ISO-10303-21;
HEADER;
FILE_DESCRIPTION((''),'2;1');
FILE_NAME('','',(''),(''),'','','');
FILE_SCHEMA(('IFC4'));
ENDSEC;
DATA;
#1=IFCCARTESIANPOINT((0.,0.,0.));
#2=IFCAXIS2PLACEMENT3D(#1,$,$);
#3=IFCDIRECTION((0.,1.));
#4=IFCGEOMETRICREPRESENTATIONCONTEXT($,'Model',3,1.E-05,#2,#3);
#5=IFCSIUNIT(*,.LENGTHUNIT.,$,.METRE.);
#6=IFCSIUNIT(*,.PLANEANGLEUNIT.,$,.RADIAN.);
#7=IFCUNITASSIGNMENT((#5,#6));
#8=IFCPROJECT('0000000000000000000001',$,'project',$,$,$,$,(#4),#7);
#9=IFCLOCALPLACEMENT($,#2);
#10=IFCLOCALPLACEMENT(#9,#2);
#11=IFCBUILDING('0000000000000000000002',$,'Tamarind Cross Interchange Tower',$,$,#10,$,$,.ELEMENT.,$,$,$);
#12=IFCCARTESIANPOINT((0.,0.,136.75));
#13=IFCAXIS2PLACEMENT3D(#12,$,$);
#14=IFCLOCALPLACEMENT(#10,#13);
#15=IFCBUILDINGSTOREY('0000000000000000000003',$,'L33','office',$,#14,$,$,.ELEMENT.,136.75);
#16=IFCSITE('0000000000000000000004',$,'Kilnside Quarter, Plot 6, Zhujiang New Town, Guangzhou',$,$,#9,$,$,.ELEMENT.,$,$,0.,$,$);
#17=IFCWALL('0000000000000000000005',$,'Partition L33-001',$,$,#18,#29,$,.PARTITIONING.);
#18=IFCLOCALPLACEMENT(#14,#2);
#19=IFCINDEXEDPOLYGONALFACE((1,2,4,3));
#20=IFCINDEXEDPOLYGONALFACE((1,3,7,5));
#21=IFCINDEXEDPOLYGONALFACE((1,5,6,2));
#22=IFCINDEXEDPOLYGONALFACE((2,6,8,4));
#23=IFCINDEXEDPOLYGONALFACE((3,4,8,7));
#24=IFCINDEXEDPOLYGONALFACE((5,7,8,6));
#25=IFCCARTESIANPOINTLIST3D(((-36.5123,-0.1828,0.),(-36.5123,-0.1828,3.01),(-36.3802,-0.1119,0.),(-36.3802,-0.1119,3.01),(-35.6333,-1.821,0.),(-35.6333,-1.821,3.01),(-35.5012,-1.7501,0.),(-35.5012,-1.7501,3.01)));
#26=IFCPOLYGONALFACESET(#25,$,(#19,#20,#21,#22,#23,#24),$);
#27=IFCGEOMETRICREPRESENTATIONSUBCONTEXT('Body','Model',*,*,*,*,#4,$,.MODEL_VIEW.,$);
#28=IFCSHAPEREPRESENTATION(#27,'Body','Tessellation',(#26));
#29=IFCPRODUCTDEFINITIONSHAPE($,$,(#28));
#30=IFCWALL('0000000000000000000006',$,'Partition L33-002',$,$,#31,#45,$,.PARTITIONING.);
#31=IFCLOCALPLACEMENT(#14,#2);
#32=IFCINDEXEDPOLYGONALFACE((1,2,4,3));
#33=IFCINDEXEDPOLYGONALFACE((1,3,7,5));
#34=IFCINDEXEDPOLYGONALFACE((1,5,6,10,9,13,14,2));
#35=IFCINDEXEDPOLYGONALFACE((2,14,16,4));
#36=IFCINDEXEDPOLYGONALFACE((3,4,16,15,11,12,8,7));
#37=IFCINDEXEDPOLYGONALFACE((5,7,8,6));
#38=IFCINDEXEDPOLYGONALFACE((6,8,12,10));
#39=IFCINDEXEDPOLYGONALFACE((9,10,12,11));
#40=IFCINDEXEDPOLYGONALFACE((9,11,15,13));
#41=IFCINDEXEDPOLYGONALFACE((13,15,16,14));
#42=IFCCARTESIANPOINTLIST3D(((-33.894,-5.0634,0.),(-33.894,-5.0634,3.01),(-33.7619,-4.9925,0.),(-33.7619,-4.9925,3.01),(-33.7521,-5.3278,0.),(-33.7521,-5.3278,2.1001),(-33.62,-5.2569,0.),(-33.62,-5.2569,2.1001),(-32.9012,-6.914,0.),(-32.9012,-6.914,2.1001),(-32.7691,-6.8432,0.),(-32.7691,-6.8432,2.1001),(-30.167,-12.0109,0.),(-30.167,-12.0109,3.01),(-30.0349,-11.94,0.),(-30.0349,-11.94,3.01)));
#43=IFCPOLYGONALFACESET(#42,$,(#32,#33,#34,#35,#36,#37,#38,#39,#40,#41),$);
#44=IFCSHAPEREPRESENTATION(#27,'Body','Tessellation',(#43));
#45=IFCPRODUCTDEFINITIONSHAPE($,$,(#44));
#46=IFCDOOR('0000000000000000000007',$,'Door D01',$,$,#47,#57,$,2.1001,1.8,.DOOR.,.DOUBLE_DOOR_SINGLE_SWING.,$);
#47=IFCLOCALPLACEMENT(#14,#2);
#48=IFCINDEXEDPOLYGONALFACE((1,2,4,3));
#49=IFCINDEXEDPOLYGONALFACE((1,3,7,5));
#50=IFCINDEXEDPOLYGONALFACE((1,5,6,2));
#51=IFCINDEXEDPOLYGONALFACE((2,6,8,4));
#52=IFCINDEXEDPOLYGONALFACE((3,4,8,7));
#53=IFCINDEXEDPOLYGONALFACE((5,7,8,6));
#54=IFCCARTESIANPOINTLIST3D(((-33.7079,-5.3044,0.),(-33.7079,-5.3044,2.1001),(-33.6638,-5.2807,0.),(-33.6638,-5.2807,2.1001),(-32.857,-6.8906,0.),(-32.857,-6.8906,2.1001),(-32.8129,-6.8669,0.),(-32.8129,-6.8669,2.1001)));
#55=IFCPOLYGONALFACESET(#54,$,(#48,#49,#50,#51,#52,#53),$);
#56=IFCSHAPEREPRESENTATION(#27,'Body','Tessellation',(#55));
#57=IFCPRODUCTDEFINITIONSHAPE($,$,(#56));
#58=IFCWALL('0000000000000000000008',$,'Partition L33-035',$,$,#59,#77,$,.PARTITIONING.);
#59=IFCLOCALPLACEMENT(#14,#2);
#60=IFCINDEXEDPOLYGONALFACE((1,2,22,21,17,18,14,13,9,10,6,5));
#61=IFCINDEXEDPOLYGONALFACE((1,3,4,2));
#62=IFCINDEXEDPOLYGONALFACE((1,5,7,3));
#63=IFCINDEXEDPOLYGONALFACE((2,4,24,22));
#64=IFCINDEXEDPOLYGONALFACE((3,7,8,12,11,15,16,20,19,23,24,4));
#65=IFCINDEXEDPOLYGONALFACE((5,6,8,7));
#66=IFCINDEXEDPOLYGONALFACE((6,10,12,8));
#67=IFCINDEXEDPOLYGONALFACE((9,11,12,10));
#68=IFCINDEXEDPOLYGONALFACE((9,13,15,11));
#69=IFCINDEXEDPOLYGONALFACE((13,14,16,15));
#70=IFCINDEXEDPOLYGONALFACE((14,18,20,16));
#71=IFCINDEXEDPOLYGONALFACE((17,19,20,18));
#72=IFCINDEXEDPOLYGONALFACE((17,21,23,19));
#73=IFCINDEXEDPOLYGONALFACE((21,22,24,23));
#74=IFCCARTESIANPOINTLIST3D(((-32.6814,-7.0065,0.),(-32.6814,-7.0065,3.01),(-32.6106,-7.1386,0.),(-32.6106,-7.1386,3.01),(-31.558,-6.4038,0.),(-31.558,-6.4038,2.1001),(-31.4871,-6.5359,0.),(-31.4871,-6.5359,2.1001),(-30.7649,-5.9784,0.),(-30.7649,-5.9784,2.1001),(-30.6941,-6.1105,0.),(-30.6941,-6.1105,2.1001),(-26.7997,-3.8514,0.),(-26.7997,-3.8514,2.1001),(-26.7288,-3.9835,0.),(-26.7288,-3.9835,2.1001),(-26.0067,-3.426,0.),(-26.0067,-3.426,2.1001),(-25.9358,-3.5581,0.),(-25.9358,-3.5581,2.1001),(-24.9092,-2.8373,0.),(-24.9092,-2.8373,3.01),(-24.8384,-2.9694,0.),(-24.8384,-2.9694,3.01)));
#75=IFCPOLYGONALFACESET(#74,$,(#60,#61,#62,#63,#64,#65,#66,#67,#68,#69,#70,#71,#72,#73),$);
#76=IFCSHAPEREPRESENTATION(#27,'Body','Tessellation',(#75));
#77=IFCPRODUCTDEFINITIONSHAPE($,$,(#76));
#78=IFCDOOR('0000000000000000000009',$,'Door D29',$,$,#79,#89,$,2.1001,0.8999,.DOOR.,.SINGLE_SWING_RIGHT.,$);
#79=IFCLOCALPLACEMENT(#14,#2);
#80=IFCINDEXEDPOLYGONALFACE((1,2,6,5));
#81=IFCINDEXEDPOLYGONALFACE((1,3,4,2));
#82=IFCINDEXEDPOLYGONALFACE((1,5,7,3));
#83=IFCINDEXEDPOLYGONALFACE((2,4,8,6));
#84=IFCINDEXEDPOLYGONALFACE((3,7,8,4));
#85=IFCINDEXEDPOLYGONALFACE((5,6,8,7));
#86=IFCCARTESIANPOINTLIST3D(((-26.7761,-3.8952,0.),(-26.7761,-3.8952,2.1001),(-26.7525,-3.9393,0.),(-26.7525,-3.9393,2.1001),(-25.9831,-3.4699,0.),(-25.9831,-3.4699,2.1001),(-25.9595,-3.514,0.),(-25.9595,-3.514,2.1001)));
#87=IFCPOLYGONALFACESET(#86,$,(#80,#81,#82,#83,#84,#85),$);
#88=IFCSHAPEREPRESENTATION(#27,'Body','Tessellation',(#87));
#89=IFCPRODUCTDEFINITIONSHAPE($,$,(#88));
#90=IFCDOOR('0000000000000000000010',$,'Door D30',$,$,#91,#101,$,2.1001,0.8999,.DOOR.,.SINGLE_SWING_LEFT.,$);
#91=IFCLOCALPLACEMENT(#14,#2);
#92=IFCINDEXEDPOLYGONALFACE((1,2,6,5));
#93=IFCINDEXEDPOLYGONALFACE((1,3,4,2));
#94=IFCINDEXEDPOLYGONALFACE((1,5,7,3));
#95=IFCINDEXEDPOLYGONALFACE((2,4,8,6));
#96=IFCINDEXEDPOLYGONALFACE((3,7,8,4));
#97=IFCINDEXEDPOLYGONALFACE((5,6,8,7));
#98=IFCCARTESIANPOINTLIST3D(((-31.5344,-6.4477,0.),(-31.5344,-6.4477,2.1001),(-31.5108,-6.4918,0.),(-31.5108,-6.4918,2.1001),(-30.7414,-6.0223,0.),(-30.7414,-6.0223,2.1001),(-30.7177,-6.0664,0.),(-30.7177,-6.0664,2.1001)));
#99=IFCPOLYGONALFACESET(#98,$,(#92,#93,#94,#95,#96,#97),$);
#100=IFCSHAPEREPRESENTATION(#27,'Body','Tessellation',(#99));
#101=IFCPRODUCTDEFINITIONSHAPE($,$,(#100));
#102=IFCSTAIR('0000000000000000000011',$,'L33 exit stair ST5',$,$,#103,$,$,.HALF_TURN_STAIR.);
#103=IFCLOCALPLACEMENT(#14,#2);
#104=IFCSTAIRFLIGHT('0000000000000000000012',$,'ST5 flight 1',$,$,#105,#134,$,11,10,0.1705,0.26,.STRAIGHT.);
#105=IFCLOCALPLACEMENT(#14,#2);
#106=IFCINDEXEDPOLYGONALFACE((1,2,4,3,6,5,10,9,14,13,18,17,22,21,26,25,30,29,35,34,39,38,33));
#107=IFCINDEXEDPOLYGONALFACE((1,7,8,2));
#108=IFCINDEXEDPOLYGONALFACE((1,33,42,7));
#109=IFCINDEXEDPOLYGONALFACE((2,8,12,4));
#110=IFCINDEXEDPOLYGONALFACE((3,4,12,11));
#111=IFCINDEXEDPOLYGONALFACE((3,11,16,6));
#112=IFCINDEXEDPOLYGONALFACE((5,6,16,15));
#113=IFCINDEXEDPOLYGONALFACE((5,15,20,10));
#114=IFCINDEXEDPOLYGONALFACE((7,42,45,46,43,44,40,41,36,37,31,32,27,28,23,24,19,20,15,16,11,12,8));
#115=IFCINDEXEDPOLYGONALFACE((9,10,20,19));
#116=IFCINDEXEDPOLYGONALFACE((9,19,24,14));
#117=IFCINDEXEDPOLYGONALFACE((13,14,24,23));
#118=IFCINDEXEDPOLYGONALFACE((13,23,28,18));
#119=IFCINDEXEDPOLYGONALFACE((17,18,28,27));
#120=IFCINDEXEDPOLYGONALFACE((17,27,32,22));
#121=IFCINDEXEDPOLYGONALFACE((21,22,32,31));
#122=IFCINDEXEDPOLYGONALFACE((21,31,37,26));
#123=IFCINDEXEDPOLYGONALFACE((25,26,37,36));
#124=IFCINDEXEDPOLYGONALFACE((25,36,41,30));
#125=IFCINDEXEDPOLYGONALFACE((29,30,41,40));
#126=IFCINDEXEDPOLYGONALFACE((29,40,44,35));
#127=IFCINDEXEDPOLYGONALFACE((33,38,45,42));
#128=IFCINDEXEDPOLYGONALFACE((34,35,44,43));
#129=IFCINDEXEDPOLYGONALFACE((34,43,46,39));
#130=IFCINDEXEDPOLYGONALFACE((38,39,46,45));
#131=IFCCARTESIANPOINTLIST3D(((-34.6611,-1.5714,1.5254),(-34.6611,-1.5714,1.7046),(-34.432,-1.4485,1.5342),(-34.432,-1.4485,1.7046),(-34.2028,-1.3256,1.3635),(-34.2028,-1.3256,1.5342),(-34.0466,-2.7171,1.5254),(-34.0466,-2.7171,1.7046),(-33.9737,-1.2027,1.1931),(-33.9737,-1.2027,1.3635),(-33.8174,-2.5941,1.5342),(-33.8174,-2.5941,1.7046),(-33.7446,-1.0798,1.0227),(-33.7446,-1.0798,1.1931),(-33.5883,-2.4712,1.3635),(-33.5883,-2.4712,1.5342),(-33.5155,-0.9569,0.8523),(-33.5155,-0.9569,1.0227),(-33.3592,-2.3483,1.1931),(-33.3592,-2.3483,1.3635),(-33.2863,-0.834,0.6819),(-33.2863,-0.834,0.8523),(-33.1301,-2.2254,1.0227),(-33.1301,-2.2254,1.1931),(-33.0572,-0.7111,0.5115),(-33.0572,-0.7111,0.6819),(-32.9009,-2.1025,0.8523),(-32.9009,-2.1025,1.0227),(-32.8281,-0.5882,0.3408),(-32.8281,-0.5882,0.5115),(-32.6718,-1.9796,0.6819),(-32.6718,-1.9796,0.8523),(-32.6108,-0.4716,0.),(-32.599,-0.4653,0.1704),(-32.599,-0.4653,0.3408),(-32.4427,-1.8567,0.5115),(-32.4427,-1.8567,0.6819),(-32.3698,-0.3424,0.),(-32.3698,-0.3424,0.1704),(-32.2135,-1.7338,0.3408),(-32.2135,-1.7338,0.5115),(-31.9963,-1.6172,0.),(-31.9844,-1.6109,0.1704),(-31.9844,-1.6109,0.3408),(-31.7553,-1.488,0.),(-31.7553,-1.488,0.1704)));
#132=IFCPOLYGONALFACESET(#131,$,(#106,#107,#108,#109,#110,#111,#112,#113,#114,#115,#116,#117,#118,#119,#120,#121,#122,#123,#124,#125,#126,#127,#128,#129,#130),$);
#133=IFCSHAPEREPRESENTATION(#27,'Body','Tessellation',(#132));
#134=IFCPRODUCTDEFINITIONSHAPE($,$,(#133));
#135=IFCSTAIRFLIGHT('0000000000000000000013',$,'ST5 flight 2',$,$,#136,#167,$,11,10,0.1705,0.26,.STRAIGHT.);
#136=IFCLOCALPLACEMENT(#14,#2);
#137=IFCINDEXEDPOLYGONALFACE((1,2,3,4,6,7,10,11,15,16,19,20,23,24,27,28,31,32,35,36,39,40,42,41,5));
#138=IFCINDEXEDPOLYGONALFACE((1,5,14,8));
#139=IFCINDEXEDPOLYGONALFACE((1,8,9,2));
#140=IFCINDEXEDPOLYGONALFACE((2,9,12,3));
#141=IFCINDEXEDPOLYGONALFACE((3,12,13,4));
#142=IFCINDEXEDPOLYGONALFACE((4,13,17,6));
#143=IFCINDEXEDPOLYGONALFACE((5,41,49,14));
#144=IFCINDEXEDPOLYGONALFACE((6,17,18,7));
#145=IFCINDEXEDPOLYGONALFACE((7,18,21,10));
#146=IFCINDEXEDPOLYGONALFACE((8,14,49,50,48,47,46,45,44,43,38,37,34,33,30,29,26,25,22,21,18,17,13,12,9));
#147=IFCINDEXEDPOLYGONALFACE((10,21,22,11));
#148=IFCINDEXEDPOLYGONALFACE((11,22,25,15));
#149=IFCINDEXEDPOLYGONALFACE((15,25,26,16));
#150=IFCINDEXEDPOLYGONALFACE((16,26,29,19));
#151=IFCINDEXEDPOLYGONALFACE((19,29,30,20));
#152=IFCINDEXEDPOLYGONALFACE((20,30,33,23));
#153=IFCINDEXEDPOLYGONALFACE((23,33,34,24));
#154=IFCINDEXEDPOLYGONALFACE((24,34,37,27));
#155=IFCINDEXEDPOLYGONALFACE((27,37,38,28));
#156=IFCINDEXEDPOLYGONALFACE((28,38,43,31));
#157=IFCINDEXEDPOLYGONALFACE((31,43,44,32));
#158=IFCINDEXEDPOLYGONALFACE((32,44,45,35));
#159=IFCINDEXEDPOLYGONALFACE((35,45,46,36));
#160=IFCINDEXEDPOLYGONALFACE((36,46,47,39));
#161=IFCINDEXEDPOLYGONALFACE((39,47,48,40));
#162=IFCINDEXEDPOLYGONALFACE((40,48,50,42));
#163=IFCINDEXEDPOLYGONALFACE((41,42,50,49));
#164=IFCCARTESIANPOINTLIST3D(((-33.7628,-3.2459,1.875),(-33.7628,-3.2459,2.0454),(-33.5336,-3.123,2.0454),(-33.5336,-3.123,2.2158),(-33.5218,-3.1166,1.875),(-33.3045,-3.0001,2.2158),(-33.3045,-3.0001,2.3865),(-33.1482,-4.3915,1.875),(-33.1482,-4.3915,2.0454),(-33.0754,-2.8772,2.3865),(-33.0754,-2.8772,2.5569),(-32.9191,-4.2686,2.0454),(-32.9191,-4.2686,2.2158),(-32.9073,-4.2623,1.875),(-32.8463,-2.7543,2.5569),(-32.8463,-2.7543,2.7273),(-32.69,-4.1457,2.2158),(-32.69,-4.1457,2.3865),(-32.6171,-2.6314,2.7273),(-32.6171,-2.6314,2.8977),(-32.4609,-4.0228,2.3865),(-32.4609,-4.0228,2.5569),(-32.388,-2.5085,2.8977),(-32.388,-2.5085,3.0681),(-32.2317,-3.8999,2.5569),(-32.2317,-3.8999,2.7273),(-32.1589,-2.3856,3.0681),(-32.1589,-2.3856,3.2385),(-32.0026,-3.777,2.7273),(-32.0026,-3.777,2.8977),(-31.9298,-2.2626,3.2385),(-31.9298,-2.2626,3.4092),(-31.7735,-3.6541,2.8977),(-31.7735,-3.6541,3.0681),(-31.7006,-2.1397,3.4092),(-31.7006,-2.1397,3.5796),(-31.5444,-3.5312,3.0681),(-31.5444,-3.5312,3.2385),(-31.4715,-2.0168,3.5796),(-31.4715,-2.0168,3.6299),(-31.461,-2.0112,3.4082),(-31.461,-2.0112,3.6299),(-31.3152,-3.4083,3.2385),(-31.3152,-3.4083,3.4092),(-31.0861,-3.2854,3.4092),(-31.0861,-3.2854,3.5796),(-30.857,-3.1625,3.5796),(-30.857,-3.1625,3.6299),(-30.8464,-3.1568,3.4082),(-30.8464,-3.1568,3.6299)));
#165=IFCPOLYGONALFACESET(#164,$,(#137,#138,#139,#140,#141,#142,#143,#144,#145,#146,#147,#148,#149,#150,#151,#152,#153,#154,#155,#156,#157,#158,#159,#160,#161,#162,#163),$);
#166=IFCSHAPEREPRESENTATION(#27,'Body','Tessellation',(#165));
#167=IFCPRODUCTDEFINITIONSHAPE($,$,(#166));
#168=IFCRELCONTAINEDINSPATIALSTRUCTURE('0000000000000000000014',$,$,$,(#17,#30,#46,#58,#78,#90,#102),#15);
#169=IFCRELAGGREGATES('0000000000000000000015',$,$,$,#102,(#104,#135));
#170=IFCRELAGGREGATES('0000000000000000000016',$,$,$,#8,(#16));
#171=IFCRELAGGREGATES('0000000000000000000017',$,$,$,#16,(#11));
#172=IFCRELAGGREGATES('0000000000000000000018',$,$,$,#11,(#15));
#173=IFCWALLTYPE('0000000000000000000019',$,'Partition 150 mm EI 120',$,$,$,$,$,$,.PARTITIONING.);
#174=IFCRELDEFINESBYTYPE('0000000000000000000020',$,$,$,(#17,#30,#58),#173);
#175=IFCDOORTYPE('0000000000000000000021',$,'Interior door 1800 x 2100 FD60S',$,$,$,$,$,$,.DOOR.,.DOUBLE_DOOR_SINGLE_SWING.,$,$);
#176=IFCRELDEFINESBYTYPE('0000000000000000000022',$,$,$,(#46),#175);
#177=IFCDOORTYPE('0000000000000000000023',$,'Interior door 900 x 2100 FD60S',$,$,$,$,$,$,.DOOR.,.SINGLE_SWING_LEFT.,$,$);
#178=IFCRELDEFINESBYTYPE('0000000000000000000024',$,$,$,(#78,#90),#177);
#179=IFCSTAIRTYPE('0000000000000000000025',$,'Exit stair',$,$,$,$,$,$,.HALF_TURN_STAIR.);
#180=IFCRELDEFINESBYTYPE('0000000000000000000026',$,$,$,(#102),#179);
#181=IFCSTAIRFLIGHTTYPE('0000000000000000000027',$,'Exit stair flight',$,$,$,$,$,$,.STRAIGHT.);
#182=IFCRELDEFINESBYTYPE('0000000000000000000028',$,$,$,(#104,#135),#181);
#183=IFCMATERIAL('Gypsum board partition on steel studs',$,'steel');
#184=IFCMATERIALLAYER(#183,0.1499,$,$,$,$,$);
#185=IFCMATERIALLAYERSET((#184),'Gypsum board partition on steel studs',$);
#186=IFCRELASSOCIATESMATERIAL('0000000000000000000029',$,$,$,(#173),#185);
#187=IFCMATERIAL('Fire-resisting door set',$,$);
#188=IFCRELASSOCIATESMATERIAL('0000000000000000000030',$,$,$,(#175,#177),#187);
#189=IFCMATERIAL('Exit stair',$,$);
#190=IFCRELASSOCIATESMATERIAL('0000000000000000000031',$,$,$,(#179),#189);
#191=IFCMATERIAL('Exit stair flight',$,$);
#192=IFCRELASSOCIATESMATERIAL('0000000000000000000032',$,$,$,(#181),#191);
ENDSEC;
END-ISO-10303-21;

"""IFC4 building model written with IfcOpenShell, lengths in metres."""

from ifc_helpers import new_model, si_unit, direction, frame, frame_2d, origin, place, context, subcontext, project, spatial, polyline, rectangle, outline, extrude, material, layer, layer_set, type_object, element, fill, aggregate, save


model = new_model("IFC4")

# Units and contexts
model_context = context("Model", 3, precision=1e-05, world=origin(), true_north=direction((0.0, 1.0)))
body_context = subcontext(model_context, "Body", "Model", "MODEL_VIEW")
ifc_project = project(units=[si_unit("LENGTHUNIT", "METRE"), si_unit("PLANEANGLEUNIT", "RADIAN")], contexts=[model_context])

# Site, building, storey
site_placement = place(None, origin())
site = spatial("IfcSite", under=ifc_project, at=site_placement, Name="Kilnside Quarter, Plot 6, Zhujiang New Town, Guangzhou", CompositionType="ELEMENT", RefElevation=0.0)
building_placement = place(site_placement, origin())
building = spatial("IfcBuilding", under=site, at=building_placement, Name="Tamarind Cross Interchange Tower", CompositionType="ELEMENT")
storey_placement = place(building_placement, frame((0.0, 0.0, 136.75)))
storey = spatial("IfcBuildingStorey", under=building, at=storey_placement, Name="L33", Description="office", CompositionType="ELEMENT", Elevation=136.75)

# Wall
ifc_material_1 = material(Name="Gypsum board partition on steel studs", Category="steel")
ifc_layer_1 = layer(ifc_material_1, 0.1499)
ifc_layer_set_1 = layer_set([ifc_layer_1], Name="Gypsum board partition on steel studs")
wall_type = type_object("IfcWallType", Name="Partition 150 mm EI 120", PredefinedType="PARTITIONING", material=ifc_layer_set_1)
wall_1_placement = place(storey_placement, frame((-36.4463, -0.1472, 0.0), z_axis=(0.0, 0.0, 1.0), x_axis=(0.472768, -0.881187, 0.0)))
element("IfcWall", 1, at=wall_1_placement, inside=storey, type_object=wall_type, Name="Partition L33-001", PredefinedType="PARTITIONING", context=body_context, shape_type="SweptSolid", body=[
    extrude(rectangle(XDim=1.8591, YDim=0.1499, at=frame_2d((0.9297, 0.0))), origin(), (0.0, 0.0, 1.0), 3.01),
])

# Wall, opening, door
wall_2_placement = place(storey_placement, frame((-33.8279, -5.0281, 0.0), z_axis=(0.0, 0.0, 1.0), x_axis=(0.472731, -0.881207, 0.0)))
wall_2 = element("IfcWall", 2, at=wall_2_placement, inside=storey, type_object=wall_type, Name="Partition L33-002", PredefinedType="PARTITIONING", context=body_context, shape_type="SweptSolid", body=[
    extrude(rectangle(XDim=7.884, YDim=0.1499, at=frame_2d((3.9419, 0.0))), origin(), (0.0, 0.0, 1.0), 3.01),
])
opening_1_placement = place(wall_2_placement, frame((0.3, 0.0, 0.0)))
opening_1 = element("IfcOpeningElement", 3, at=opening_1_placement, cuts=wall_2, PredefinedType="OPENING", context=body_context, shape_type="SweptSolid", body=[
    extrude(rectangle(XDim=1.8, YDim=2.1001, at=frame_2d((0.8999, 1.05))), frame((0.0, 0.085, 0.0), z_axis=(0.0, -1.0, 0.0), x_axis=(1.0, 0.0, 0.0)), (0.0, 0.0, 1.0), 0.1699),
])
ifc_material_2 = material(Name="Fire-resisting door set")
door_type_1 = type_object("IfcDoorType", Name="Interior door 1800 x 2100 FD60S", OperationType="DOUBLE_DOOR_SINGLE_SWING", PredefinedType="DOOR", material=ifc_material_2)
door_1_placement = place(opening_1_placement, frame((1.8, 0.0, 0.0), z_axis=(0.0, 0.0, 1.0), x_axis=(-1.0, 0.0, 0.0)))
door_1 = element("IfcDoor", 4, at=door_1_placement, inside=storey, type_object=door_type_1, Name="Door D01", OperationType="DOUBLE_DOOR_SINGLE_SWING", OverallHeight=2.1001, OverallWidth=1.8, PredefinedType="DOOR", context=body_context, shape_type="SweptSolid", body=[
    extrude(rectangle(XDim=1.8, YDim=2.1001, at=frame_2d((0.8999, 1.05))), frame((0.0, 0.0249, 0.0), z_axis=(0.0, -1.0, 0.0), x_axis=(1.0, 0.0, 0.0)), (0.0, 0.0, 1.0), 0.05),
])
fill(opening_1, door_1)

# Wall, openings, doors
wall_3_placement = place(storey_placement, frame((-32.646, -7.0725, 0.0), z_axis=(0.0, 0.0, 1.0), x_axis=(0.88122, 0.472706, 0.0)))
wall_3 = element("IfcWall", 5, at=wall_3_placement, inside=storey, type_object=wall_type, Name="Partition L33-035", PredefinedType="PARTITIONING", context=body_context, shape_type="SweptSolid", body=[
    extrude(rectangle(XDim=8.8198, YDim=0.1499, at=frame_2d((4.4099, 0.0))), origin(), (0.0, 0.0, 1.0), 3.01),
])
opening_2_placement = place(wall_3_placement, frame((6.6746, 0.0, 0.0)))
opening_2 = element("IfcOpeningElement", 6, at=opening_2_placement, cuts=wall_3, PredefinedType="OPENING", context=body_context, shape_type="SweptSolid", body=[
    extrude(rectangle(XDim=0.8999, YDim=2.1001, at=frame_2d((0.45, 1.05))), frame((0.0, 0.085, 0.0), z_axis=(0.0, -1.0, 0.0), x_axis=(1.0, 0.0, 0.0)), (0.0, 0.0, 1.0), 0.1699),
])
opening_3_placement = place(wall_3_placement, frame((1.2749, 0.0, 0.0)))
opening_3 = element("IfcOpeningElement", 7, at=opening_3_placement, cuts=wall_3, PredefinedType="OPENING", context=body_context, shape_type="SweptSolid", body=[
    extrude(rectangle(XDim=0.8999, YDim=2.1001, at=frame_2d((0.45, 1.05))), frame((0.0, 0.085, 0.0), z_axis=(0.0, -1.0, 0.0), x_axis=(1.0, 0.0, 0.0)), (0.0, 0.0, 1.0), 0.1699),
])
door_type_2 = type_object("IfcDoorType", Name="Interior door 900 x 2100 FD60S", OperationType="SINGLE_SWING_LEFT", PredefinedType="DOOR", material=ifc_material_2)
door_2_placement = place(opening_2_placement, frame((0.8999, 0.0, 0.0), z_axis=(0.0, 0.0, 1.0), x_axis=(-1.0, 0.0, 0.0)))
door_2 = element("IfcDoor", 8, at=door_2_placement, inside=storey, type_object=door_type_2, Name="Door D29", OperationType="SINGLE_SWING_RIGHT", OverallHeight=2.1001, OverallWidth=0.8999, PredefinedType="DOOR", context=body_context, shape_type="SweptSolid", body=[
    extrude(rectangle(XDim=0.8999, YDim=2.1001, at=frame_2d((0.45, 1.05))), frame((0.0, 0.0249, 0.0), z_axis=(0.0, -1.0, 0.0), x_axis=(1.0, 0.0, 0.0)), (0.0, 0.0, 1.0), 0.05),
])
fill(opening_2, door_2)
door_3_placement = place(opening_3_placement, frame((0.8999, 0.0, 0.0), z_axis=(0.0, 0.0, 1.0), x_axis=(-1.0, 0.0, 0.0)))
door_3 = element("IfcDoor", 9, at=door_3_placement, inside=storey, type_object=door_type_2, Name="Door D30", OperationType="SINGLE_SWING_LEFT", OverallHeight=2.1001, OverallWidth=0.8999, PredefinedType="DOOR", context=body_context, shape_type="SweptSolid", body=[
    extrude(rectangle(XDim=0.8999, YDim=2.1001, at=frame_2d((0.45, 1.05))), frame((0.0, 0.0249, 0.0), z_axis=(0.0, -1.0, 0.0), x_axis=(1.0, 0.0, 0.0)), (0.0, 0.0, 1.0), 0.05),
])
fill(opening_3, door_3)

# Stair, stair flights
ifc_material_3 = material(Name="Exit stair")
stair_type = type_object("IfcStairType", Name="Exit stair", PredefinedType="HALF_TURN_STAIR", material=ifc_material_3)
stair_placement = place(storey_placement, origin())
stair = element("IfcStair", 10, at=stair_placement, inside=storey, type_object=stair_type, Name="L33 exit stair ST5", PredefinedType="HALF_TURN_STAIR")
ifc_material_4 = material(Name="Exit stair flight")
stair_flight_type = type_object("IfcStairFlightType", Name="Exit stair flight", PredefinedType="STRAIGHT", material=ifc_material_4)
stair_flight_1_placement = place(storey_placement, frame((-32.0625, -0.9153, 0.0), z_axis=(0.0, 0.0, 1.0), x_axis=(-0.881224, -0.472698, 0.0)))
stair_flight_1 = element("IfcStairFlight", 11, at=stair_flight_1_placement, type_object=stair_flight_type, Name="ST5 flight 1", NumberOfRisers=11, NumberOfTreads=10, PredefinedType="STRAIGHT", RiserHeight=0.1705, TreadLength=0.26, context=body_context, shape_type="SweptSolid", body=[
    extrude(outline(polyline([(0.0, 0.0), (0.0, 0.1704), (0.26, 0.1704), (0.26, 0.3408), (0.52, 0.3408), (0.52, 0.5115), (0.78, 0.5115), (0.78, 0.6819), (1.04, 0.6819), (1.04, 0.8523), (1.3, 0.8523), (1.3, 1.0227), (1.5601, 1.0227), (1.5601, 1.1931), (1.8201, 1.1931), (1.8201, 1.3635), (2.0801, 1.3635), (2.0801, 1.5342), (2.3401, 1.5342), (2.3401, 1.7046), (2.6001, 1.7046), (2.6001, 1.875), (2.6001, 1.5254), (0.2734, 0.0), (0.0, 0.0)])), frame((0.0, 0.6499, 0.0), z_axis=(0.0, -1.0, 0.0), x_axis=(1.0, 0.0, 0.0)), (0.0, 0.0, 1.0), 1.3),
])
stair_flight_2_placement = place(storey_placement, frame((-33.4556, -3.8186, 1.875), z_axis=(0.0, 0.0, 1.0), x_axis=(0.881224, 0.472698, 0.0)))
stair_flight_2 = element("IfcStairFlight", 12, at=stair_flight_2_placement, type_object=stair_flight_type, Name="ST5 flight 2", NumberOfRisers=11, NumberOfTreads=10, PredefinedType="STRAIGHT", RiserHeight=0.1705, TreadLength=0.26, context=body_context, shape_type="SweptSolid", body=[
    extrude(outline(polyline([(0.0, 0.0), (0.0, 0.1704), (0.26, 0.1704), (0.26, 0.3408), (0.52, 0.3408), (0.52, 0.5115), (0.78, 0.5115), (0.78, 0.6819), (1.04, 0.6819), (1.04, 0.8523), (1.3, 0.8523), (1.3, 1.0227), (1.5601, 1.0227), (1.5601, 1.1931), (1.8201, 1.1931), (1.8201, 1.3635), (2.0801, 1.3635), (2.0801, 1.5342), (2.3401, 1.5342), (2.3401, 1.7046), (2.6001, 1.7046), (2.6001, 1.7549), (2.6121, 1.7549), (2.6121, 1.5332), (0.2734, 0.0), (0.0, 0.0)])), frame((0.0, 0.6499, 0.0), z_axis=(0.0, -1.0, 0.0), x_axis=(1.0, 0.0, 0.0)), (0.0, 0.0, 1.0), 1.3),
])
aggregate(stair, [stair_flight_1, stair_flight_2])

save(model, "model.ifc")
